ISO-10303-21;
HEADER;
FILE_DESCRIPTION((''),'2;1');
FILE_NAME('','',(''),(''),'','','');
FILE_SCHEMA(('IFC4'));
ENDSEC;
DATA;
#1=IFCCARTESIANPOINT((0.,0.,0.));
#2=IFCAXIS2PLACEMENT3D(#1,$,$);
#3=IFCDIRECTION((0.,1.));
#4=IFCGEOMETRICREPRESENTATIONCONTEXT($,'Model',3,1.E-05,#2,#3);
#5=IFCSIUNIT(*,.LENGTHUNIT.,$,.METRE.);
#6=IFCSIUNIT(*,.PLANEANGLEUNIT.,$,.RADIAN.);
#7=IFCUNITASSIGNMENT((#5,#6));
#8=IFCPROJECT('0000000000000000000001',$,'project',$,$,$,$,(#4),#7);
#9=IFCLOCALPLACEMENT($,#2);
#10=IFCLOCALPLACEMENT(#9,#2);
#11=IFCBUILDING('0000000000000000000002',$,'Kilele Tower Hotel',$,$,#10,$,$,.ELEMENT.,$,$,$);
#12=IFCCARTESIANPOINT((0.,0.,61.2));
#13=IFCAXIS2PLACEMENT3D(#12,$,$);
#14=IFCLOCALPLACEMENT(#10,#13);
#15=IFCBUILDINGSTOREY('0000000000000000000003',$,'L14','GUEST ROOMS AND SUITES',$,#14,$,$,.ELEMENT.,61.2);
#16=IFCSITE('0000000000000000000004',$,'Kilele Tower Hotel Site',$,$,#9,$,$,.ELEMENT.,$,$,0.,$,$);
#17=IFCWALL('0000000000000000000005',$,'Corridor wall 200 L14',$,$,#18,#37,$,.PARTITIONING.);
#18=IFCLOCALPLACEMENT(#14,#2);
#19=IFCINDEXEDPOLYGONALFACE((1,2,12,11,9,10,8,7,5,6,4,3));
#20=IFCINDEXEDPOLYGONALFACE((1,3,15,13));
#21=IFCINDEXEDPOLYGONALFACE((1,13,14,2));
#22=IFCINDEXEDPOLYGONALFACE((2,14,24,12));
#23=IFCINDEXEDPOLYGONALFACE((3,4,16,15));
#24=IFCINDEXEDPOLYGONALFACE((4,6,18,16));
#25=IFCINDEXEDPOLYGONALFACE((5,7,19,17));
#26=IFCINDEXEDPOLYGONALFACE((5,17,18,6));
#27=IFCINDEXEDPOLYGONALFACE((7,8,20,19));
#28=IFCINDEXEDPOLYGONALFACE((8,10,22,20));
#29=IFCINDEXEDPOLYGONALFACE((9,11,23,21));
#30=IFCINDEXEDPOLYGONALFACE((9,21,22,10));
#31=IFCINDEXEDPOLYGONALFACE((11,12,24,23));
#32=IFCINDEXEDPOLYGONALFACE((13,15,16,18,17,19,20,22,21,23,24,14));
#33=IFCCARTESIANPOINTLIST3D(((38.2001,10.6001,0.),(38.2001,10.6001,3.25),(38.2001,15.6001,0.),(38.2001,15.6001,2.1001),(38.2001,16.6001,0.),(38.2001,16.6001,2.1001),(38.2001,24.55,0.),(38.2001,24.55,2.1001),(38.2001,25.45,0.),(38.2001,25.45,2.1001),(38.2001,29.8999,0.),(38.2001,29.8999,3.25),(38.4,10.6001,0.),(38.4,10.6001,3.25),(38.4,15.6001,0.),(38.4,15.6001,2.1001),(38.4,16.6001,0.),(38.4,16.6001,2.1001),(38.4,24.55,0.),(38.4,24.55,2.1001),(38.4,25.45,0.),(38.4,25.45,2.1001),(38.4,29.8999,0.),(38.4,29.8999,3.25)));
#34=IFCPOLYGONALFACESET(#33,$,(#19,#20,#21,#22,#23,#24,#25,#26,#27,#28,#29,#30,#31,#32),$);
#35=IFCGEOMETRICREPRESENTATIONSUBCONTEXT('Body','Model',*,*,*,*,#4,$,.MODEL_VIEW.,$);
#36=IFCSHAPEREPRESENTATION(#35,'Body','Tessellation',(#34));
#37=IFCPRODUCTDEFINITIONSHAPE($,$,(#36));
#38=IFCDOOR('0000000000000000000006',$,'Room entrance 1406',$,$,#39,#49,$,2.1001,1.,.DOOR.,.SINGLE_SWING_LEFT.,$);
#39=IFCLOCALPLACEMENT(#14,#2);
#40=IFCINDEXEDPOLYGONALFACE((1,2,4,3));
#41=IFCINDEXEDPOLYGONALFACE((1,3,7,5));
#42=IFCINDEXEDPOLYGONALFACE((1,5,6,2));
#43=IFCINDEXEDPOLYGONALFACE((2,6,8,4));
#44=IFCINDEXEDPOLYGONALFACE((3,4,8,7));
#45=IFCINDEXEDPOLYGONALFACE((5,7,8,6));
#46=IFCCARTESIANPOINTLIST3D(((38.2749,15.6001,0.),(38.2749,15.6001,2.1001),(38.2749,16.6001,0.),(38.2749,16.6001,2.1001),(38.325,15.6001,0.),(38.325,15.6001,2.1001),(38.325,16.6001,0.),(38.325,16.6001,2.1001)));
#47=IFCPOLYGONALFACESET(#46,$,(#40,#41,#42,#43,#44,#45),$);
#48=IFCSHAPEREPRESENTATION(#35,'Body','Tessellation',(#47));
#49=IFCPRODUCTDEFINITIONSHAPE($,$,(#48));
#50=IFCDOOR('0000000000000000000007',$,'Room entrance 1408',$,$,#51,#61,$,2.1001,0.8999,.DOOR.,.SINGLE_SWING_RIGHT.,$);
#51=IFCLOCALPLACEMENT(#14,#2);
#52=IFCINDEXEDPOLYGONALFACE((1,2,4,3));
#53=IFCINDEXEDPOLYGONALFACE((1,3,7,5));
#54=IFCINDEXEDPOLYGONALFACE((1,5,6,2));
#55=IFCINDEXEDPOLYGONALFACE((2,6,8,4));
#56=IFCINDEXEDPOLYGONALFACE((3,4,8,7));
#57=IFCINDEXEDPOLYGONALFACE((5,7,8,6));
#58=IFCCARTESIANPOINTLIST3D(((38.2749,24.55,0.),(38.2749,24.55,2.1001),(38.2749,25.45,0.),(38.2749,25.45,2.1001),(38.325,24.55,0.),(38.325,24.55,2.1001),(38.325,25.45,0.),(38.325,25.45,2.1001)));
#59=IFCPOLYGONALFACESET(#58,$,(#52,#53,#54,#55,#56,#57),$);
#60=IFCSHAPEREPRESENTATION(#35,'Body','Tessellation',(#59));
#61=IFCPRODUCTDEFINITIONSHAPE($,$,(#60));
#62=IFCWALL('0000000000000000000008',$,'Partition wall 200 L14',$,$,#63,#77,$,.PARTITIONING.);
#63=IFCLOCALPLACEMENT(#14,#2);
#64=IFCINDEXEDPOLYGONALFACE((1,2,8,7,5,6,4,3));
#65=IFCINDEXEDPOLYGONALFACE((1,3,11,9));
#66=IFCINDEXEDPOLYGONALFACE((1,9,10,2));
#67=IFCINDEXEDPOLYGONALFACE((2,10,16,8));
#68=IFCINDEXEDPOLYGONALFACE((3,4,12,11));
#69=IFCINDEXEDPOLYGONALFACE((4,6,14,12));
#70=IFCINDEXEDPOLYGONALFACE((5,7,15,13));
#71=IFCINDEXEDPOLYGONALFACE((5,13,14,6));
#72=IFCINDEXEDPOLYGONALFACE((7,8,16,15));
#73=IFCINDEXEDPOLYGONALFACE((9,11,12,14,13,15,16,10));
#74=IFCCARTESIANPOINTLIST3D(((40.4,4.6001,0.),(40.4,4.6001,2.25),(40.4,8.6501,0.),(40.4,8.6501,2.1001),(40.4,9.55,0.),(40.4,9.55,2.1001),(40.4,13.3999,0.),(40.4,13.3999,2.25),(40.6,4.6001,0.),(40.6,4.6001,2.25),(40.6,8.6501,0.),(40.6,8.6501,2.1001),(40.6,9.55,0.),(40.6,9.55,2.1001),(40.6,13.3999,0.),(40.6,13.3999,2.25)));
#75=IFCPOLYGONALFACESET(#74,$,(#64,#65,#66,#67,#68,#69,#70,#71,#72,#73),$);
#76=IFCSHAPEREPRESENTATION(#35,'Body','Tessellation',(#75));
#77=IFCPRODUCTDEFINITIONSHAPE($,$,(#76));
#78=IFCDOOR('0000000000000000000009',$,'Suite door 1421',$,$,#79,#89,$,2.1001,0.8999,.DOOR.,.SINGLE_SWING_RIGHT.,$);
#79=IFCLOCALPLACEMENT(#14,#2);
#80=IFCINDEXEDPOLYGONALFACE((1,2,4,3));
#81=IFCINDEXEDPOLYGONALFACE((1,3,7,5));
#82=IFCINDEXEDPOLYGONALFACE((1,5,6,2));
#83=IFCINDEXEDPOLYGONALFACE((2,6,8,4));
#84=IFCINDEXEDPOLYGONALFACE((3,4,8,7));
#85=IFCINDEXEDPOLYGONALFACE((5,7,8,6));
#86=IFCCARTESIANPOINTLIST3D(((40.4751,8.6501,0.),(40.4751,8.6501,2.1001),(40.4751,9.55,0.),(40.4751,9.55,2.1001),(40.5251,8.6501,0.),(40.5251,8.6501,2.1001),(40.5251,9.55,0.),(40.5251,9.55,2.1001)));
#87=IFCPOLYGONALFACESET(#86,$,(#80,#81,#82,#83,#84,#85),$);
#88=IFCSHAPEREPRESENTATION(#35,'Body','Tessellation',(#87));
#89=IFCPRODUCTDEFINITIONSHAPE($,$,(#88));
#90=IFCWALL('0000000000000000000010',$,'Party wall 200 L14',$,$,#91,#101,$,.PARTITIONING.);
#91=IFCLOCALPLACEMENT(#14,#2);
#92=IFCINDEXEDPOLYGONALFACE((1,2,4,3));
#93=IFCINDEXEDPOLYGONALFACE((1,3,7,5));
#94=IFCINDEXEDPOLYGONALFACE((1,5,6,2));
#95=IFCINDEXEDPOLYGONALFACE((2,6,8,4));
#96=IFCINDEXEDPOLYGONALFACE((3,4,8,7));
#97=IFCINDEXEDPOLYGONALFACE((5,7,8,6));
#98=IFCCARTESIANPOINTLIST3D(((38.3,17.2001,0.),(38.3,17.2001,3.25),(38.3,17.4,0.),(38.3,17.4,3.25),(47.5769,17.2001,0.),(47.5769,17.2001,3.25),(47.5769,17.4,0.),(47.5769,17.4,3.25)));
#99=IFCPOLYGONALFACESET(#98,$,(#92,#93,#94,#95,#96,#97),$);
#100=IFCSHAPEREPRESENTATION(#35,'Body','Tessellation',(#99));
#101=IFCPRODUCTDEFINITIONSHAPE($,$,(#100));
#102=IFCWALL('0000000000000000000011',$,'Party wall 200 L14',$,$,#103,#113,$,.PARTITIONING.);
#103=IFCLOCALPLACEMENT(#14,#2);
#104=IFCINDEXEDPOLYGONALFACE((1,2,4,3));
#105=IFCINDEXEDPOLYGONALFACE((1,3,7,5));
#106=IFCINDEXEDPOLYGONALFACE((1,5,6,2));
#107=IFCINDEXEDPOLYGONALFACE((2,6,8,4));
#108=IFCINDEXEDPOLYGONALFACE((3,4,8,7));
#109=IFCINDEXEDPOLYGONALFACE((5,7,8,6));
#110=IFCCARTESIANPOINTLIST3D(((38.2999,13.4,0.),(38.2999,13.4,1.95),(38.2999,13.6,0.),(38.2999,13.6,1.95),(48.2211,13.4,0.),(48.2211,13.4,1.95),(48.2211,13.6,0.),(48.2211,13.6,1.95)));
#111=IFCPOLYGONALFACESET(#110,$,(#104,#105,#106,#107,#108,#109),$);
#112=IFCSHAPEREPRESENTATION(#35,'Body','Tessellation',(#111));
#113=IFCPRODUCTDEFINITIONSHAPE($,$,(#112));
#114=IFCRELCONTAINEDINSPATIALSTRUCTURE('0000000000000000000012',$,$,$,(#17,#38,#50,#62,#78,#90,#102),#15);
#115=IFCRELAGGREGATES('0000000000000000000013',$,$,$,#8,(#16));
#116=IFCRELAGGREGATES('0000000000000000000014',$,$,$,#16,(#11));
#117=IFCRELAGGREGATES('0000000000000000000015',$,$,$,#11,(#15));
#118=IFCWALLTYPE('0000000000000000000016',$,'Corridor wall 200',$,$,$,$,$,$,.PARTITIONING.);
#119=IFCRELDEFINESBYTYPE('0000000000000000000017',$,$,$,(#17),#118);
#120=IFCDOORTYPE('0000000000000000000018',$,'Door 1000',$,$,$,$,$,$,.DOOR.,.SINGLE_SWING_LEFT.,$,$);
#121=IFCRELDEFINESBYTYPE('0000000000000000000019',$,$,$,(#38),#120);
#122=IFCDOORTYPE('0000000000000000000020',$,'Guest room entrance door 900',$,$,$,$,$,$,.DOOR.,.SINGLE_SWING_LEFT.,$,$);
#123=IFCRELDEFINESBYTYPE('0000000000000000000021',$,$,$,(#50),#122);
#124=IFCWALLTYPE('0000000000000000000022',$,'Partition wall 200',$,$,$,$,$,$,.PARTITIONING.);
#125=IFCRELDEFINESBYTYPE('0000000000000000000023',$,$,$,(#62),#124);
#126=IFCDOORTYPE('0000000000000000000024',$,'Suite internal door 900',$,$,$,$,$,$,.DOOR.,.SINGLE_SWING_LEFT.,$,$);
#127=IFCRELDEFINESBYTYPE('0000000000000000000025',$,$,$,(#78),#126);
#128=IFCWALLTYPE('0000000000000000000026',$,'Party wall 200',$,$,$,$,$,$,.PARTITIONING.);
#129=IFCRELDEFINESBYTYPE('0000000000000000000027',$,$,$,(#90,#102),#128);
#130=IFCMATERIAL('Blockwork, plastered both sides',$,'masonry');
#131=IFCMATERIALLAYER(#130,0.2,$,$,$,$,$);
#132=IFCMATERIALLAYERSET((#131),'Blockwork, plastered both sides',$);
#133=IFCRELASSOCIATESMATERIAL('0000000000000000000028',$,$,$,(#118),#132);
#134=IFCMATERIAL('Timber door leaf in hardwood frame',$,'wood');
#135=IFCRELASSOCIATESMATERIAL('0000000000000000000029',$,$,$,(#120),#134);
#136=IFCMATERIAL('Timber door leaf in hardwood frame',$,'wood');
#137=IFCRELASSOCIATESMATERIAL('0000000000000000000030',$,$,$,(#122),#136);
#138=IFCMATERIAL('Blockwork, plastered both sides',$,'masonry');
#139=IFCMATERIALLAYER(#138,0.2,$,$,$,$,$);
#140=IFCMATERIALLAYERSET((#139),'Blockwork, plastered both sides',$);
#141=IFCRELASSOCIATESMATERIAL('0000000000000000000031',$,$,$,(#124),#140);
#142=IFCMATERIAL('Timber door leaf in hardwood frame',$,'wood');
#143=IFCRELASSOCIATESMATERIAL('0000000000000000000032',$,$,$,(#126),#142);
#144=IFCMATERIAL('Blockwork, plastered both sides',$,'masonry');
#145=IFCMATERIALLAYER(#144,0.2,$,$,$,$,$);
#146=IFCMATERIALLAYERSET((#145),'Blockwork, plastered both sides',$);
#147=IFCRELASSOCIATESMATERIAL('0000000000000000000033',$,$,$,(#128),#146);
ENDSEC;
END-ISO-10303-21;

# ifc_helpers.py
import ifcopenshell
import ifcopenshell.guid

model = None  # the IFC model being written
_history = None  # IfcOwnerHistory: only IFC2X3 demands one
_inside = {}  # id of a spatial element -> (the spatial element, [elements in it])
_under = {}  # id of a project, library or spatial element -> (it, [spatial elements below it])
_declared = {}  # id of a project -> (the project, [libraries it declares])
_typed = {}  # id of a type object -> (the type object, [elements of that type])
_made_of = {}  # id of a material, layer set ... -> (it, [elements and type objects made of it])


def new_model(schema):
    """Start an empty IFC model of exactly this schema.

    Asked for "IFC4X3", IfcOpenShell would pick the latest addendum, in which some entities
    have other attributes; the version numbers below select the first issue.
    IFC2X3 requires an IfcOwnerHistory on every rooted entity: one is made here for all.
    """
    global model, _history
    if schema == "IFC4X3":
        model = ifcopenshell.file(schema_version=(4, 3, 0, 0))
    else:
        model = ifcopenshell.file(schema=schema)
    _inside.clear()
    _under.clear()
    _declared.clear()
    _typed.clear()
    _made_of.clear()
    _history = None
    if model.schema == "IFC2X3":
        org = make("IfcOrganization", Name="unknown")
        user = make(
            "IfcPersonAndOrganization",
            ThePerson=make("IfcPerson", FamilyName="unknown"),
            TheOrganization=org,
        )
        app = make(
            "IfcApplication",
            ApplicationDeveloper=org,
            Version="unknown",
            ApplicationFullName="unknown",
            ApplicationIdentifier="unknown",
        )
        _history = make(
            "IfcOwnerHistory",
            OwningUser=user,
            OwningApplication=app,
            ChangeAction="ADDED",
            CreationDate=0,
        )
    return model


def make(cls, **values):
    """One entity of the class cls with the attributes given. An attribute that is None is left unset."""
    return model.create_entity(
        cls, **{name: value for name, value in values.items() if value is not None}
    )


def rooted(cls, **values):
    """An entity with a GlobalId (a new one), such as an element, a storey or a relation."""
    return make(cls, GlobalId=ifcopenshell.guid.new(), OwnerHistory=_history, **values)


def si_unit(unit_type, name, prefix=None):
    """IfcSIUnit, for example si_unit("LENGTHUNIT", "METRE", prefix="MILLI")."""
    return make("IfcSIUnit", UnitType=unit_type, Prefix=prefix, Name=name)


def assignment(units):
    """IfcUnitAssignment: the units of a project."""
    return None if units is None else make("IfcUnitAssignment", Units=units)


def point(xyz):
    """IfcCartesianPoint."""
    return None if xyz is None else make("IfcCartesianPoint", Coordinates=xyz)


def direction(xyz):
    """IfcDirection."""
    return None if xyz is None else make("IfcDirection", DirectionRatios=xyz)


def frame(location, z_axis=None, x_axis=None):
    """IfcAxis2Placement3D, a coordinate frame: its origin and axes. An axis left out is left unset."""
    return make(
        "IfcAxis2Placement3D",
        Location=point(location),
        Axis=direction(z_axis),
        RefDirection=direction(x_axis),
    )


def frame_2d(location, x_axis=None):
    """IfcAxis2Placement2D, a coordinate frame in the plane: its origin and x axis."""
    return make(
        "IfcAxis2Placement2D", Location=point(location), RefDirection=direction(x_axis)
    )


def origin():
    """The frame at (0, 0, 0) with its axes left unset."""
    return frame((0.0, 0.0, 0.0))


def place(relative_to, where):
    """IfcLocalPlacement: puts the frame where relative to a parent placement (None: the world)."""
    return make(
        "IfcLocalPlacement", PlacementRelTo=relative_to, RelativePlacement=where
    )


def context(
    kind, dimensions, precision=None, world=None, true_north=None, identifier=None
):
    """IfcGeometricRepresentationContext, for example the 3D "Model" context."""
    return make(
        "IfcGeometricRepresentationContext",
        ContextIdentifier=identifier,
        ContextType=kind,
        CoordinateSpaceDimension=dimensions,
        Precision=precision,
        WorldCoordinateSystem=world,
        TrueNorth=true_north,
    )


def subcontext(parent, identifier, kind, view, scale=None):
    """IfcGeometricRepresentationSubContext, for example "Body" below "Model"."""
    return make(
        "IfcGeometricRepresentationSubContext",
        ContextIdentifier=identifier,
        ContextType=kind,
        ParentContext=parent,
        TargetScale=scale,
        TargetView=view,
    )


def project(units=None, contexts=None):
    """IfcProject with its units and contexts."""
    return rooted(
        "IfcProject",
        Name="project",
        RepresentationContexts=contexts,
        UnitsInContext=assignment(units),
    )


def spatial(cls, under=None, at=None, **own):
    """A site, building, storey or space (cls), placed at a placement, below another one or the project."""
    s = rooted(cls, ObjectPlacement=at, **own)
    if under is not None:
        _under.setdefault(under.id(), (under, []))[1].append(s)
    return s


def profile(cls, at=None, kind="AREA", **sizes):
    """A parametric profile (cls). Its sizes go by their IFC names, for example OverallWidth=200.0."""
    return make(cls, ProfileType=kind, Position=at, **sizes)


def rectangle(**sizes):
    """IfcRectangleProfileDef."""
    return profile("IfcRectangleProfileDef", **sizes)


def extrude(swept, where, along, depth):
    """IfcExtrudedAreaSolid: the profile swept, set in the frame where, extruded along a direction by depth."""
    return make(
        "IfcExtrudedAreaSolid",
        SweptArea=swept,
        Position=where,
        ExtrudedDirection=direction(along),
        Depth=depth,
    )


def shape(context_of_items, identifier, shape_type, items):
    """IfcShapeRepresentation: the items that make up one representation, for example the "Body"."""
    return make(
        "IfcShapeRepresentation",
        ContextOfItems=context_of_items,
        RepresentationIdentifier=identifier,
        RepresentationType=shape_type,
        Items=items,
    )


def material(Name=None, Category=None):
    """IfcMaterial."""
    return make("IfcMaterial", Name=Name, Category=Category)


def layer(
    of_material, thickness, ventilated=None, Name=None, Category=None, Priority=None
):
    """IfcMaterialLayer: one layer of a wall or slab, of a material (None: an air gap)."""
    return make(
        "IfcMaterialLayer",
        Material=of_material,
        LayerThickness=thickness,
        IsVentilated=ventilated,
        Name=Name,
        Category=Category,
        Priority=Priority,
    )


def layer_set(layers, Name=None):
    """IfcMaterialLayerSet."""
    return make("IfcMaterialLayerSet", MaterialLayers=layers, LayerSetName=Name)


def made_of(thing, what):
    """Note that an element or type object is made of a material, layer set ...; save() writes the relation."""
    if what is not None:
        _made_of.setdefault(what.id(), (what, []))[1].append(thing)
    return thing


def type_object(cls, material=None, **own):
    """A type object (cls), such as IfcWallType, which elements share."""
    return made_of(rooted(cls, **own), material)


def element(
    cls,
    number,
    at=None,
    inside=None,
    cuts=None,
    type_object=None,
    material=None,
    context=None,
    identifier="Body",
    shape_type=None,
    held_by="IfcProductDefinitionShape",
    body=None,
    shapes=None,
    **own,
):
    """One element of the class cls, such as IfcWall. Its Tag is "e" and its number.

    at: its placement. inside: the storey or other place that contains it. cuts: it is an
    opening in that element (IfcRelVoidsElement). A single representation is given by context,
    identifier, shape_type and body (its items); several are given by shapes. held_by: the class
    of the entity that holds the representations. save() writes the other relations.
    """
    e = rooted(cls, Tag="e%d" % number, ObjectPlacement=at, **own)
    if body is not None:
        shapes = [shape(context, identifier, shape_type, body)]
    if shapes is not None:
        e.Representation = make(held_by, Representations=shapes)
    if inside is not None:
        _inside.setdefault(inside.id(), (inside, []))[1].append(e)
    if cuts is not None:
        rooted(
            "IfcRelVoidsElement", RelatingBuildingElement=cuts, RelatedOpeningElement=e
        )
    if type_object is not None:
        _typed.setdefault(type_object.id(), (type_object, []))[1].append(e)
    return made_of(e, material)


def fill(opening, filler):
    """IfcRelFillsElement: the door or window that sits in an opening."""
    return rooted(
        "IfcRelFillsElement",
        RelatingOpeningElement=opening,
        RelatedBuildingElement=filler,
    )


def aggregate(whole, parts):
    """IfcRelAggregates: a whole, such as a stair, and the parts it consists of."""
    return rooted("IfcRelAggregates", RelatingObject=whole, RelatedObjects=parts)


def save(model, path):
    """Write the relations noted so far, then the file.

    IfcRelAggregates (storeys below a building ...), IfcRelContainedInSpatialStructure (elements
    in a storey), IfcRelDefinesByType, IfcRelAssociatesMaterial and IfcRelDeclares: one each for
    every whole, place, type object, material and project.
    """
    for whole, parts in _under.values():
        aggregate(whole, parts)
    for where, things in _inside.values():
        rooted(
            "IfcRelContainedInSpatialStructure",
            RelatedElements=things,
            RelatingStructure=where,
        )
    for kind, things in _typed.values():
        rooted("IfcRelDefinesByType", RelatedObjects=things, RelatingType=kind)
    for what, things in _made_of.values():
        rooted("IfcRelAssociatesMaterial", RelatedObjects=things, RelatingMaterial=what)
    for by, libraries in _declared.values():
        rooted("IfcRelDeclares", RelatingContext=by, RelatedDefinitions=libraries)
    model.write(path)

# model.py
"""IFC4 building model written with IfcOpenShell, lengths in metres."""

from ifc_helpers import new_model, si_unit, direction, frame, frame_2d, origin, place, context, subcontext, project, spatial, rectangle, extrude, material, layer, layer_set, type_object, element, fill, save


model = new_model("IFC4")

# Units and contexts
model_context = context("Model", 3, precision=1e-05, world=origin(), true_north=direction((0.0, 1.0)))
body_context = subcontext(model_context, "Body", "Model", "MODEL_VIEW")
ifc_project = project(units=[si_unit("LENGTHUNIT", "METRE"), si_unit("PLANEANGLEUNIT", "RADIAN")], contexts=[model_context])

# Site, building, storey
site_placement = place(None, origin())
site = spatial("IfcSite", under=ifc_project, at=site_placement, Name="Kilele Tower Hotel Site", CompositionType="ELEMENT", RefElevation=0.0)
building_placement = place(site_placement, origin())
building = spatial("IfcBuilding", under=site, at=building_placement, Name="Kilele Tower Hotel", CompositionType="ELEMENT")
storey_placement = place(building_placement, frame((0.0, 0.0, 61.2)))
storey = spatial("IfcBuildingStorey", under=building, at=storey_placement, Name="L14", Description="GUEST ROOMS AND SUITES", CompositionType="ELEMENT", Elevation=61.2)

# Wall, openings, doors
ifc_material_1 = material(Name="Blockwork, plastered both sides", Category="masonry")
ifc_layer_1 = layer(ifc_material_1, 0.2)
ifc_layer_set_1 = layer_set([ifc_layer_1], Name="Blockwork, plastered both sides")
wall_type_1 = type_object("IfcWallType", Name="Corridor wall 200", PredefinedType="PARTITIONING", material=ifc_layer_set_1)
wall_1_placement = place(storey_placement, frame((38.3, 10.6001, 0.0), z_axis=(0.0, 0.0, 1.0), x_axis=(0.0, 1.0, 0.0)))
wall_1 = element("IfcWall", 1, at=wall_1_placement, inside=storey, type_object=wall_type_1, Name="Corridor wall 200 L14", PredefinedType="PARTITIONING", context=body_context, shape_type="SweptSolid", body=[
    extrude(rectangle(XDim=19.2998, YDim=0.2, at=frame_2d((9.6499, 0.0))), origin(), (0.0, 0.0, 1.0), 3.25),
])
opening_1_placement = place(wall_1_placement, frame((6.0, 0.0, 0.0), z_axis=(0.0, 0.0, 1.0), x_axis=(-1.0, 0.0, 0.0)))
opening_1 = element("IfcOpeningElement", 2, at=opening_1_placement, cuts=wall_1, PredefinedType="OPENING", context=body_context, shape_type="SweptSolid", body=[
    extrude(rectangle(XDim=1.0, YDim=2.1001, at=frame_2d((0.5, 1.05))), frame((0.0, 0.1099, 0.0), z_axis=(0.0, -1.0, 0.0), x_axis=(1.0, 0.0, 0.0)), (0.0, 0.0, 1.0), 0.22),
])
opening_2_placement = place(wall_1_placement, frame((14.8499, 0.0, 0.0), z_axis=(0.0, 0.0, 1.0), x_axis=(-1.0, 0.0, 0.0)))
opening_2 = element("IfcOpeningElement", 3, at=opening_2_placement, cuts=wall_1, PredefinedType="OPENING", context=body_context, shape_type="SweptSolid", body=[
    extrude(rectangle(XDim=0.8999, YDim=2.1001, at=frame_2d((0.45, 1.05))), frame((0.0, 0.1099, 0.0), z_axis=(0.0, -1.0, 0.0), x_axis=(1.0, 0.0, 0.0)), (0.0, 0.0, 1.0), 0.22),
])
ifc_material_2 = material(Name="Timber door leaf in hardwood frame", Category="wood")
door_type_1 = type_object("IfcDoorType", Name="Door 1000", OperationType="SINGLE_SWING_LEFT", PredefinedType="DOOR", material=ifc_material_2)
door_1_placement = place(opening_1_placement, origin())
door_1 = element("IfcDoor", 4, at=door_1_placement, inside=storey, type_object=door_type_1, Name="Room entrance 1406", OperationType="SINGLE_SWING_LEFT", OverallHeight=2.1001, OverallWidth=1.0, PredefinedType="DOOR", context=body_context, shape_type="SweptSolid", body=[
    extrude(rectangle(XDim=1.0, YDim=2.1001, at=frame_2d((0.5, 1.05))), frame((0.0, 0.0249, 0.0), z_axis=(0.0, -1.0, 0.0), x_axis=(1.0, 0.0, 0.0)), (0.0, 0.0, 1.0), 0.05),
])
fill(opening_1, door_1)
ifc_material_3 = material(Name="Timber door leaf in hardwood frame", Category="wood")
door_type_2 = type_object("IfcDoorType", Name="Guest room entrance door 900", OperationType="SINGLE_SWING_LEFT", PredefinedType="DOOR", material=ifc_material_3)
door_2_placement = place(opening_2_placement, origin())
door_2 = element("IfcDoor", 5, at=door_2_placement, inside=storey, type_object=door_type_2, Name="Room entrance 1408", OperationType="SINGLE_SWING_RIGHT", OverallHeight=2.1001, OverallWidth=0.8999, PredefinedType="DOOR", context=body_context, shape_type="SweptSolid", body=[
    extrude(rectangle(XDim=0.8999, YDim=2.1001, at=frame_2d((0.45, 1.05))), frame((0.0, 0.0249, 0.0), z_axis=(0.0, -1.0, 0.0), x_axis=(1.0, 0.0, 0.0)), (0.0, 0.0, 1.0), 0.05),
])
fill(opening_2, door_2)

# Wall, opening, door
ifc_material_4 = material(Name="Blockwork, plastered both sides", Category="masonry")
ifc_layer_2 = layer(ifc_material_4, 0.2)
ifc_layer_set_2 = layer_set([ifc_layer_2], Name="Blockwork, plastered both sides")
wall_type_2 = type_object("IfcWallType", Name="Partition wall 200", PredefinedType="PARTITIONING", material=ifc_layer_set_2)
wall_2_placement = place(storey_placement, frame((40.5, 4.6001, 0.0), z_axis=(0.0, 0.0, 1.0), x_axis=(0.0, 1.0, 0.0)))
wall_2 = element("IfcWall", 6, at=wall_2_placement, inside=storey, type_object=wall_type_2, Name="Partition wall 200 L14", PredefinedType="PARTITIONING", context=body_context, shape_type="SweptSolid", body=[
    extrude(rectangle(XDim=8.7998, YDim=0.2, at=frame_2d((4.3999, 0.0))), origin(), (0.0, 0.0, 1.0), 2.25),
])
opening_3_placement = place(wall_2_placement, frame((4.05, 0.0, 0.0)))
opening_3 = element("IfcOpeningElement", 7, at=opening_3_placement, cuts=wall_2, PredefinedType="OPENING", context=body_context, shape_type="SweptSolid", body=[
    extrude(rectangle(XDim=0.8999, YDim=2.1001, at=frame_2d((0.45, 1.05))), frame((0.0, 0.1099, 0.0), z_axis=(0.0, -1.0, 0.0), x_axis=(1.0, 0.0, 0.0)), (0.0, 0.0, 1.0), 0.22),
])
ifc_material_5 = material(Name="Timber door leaf in hardwood frame", Category="wood")
door_type_3 = type_object("IfcDoorType", Name="Suite internal door 900", OperationType="SINGLE_SWING_LEFT", PredefinedType="DOOR", material=ifc_material_5)
door_3_placement = place(opening_3_placement, origin())
door_3 = element("IfcDoor", 8, at=door_3_placement, inside=storey, type_object=door_type_3, Name="Suite door 1421", OperationType="SINGLE_SWING_RIGHT", OverallHeight=2.1001, OverallWidth=0.8999, PredefinedType="DOOR", context=body_context, shape_type="SweptSolid", body=[
    extrude(rectangle(XDim=0.8999, YDim=2.1001, at=frame_2d((0.45, 1.05))), frame((0.0, 0.0249, 0.0), z_axis=(0.0, -1.0, 0.0), x_axis=(1.0, 0.0, 0.0)), (0.0, 0.0, 1.0), 0.05),
])
fill(opening_3, door_3)

# Walls
ifc_material_6 = material(Name="Blockwork, plastered both sides", Category="masonry")
ifc_layer_3 = layer(ifc_material_6, 0.2)
ifc_layer_set_3 = layer_set([ifc_layer_3], Name="Blockwork, plastered both sides")
wall_type_3 = type_object("IfcWallType", Name="Party wall 200", PredefinedType="PARTITIONING", material=ifc_layer_set_3)
wall_3_placement = place(storey_placement, frame((38.3, 17.3, 0.0), z_axis=(0.0, 0.0, 1.0), x_axis=(1.0, 0.0, 0.0)))
element("IfcWall", 9, at=wall_3_placement, inside=storey, type_object=wall_type_3, Name="Party wall 200 L14", PredefinedType="PARTITIONING", context=body_context, shape_type="SweptSolid", body=[
    extrude(rectangle(XDim=9.2769, YDim=0.2, at=frame_2d((4.6384, 0.0))), origin(), (0.0, 0.0, 1.0), 3.25),
])
wall_4_placement = place(storey_placement, frame((38.3, 13.5, 0.0), z_axis=(0.0, 0.0, 1.0), x_axis=(1.0, 0.0, 0.0)))
element("IfcWall", 10, at=wall_4_placement, inside=storey, type_object=wall_type_3, Name="Party wall 200 L14", PredefinedType="PARTITIONING", context=body_context, shape_type="SweptSolid", body=[
    extrude(rectangle(XDim=9.9211, YDim=0.2, at=frame_2d((4.9604, 0.0))), origin(), (0.0, 0.0, 1.0), 1.95),
])

save(model, "model.ifc")
